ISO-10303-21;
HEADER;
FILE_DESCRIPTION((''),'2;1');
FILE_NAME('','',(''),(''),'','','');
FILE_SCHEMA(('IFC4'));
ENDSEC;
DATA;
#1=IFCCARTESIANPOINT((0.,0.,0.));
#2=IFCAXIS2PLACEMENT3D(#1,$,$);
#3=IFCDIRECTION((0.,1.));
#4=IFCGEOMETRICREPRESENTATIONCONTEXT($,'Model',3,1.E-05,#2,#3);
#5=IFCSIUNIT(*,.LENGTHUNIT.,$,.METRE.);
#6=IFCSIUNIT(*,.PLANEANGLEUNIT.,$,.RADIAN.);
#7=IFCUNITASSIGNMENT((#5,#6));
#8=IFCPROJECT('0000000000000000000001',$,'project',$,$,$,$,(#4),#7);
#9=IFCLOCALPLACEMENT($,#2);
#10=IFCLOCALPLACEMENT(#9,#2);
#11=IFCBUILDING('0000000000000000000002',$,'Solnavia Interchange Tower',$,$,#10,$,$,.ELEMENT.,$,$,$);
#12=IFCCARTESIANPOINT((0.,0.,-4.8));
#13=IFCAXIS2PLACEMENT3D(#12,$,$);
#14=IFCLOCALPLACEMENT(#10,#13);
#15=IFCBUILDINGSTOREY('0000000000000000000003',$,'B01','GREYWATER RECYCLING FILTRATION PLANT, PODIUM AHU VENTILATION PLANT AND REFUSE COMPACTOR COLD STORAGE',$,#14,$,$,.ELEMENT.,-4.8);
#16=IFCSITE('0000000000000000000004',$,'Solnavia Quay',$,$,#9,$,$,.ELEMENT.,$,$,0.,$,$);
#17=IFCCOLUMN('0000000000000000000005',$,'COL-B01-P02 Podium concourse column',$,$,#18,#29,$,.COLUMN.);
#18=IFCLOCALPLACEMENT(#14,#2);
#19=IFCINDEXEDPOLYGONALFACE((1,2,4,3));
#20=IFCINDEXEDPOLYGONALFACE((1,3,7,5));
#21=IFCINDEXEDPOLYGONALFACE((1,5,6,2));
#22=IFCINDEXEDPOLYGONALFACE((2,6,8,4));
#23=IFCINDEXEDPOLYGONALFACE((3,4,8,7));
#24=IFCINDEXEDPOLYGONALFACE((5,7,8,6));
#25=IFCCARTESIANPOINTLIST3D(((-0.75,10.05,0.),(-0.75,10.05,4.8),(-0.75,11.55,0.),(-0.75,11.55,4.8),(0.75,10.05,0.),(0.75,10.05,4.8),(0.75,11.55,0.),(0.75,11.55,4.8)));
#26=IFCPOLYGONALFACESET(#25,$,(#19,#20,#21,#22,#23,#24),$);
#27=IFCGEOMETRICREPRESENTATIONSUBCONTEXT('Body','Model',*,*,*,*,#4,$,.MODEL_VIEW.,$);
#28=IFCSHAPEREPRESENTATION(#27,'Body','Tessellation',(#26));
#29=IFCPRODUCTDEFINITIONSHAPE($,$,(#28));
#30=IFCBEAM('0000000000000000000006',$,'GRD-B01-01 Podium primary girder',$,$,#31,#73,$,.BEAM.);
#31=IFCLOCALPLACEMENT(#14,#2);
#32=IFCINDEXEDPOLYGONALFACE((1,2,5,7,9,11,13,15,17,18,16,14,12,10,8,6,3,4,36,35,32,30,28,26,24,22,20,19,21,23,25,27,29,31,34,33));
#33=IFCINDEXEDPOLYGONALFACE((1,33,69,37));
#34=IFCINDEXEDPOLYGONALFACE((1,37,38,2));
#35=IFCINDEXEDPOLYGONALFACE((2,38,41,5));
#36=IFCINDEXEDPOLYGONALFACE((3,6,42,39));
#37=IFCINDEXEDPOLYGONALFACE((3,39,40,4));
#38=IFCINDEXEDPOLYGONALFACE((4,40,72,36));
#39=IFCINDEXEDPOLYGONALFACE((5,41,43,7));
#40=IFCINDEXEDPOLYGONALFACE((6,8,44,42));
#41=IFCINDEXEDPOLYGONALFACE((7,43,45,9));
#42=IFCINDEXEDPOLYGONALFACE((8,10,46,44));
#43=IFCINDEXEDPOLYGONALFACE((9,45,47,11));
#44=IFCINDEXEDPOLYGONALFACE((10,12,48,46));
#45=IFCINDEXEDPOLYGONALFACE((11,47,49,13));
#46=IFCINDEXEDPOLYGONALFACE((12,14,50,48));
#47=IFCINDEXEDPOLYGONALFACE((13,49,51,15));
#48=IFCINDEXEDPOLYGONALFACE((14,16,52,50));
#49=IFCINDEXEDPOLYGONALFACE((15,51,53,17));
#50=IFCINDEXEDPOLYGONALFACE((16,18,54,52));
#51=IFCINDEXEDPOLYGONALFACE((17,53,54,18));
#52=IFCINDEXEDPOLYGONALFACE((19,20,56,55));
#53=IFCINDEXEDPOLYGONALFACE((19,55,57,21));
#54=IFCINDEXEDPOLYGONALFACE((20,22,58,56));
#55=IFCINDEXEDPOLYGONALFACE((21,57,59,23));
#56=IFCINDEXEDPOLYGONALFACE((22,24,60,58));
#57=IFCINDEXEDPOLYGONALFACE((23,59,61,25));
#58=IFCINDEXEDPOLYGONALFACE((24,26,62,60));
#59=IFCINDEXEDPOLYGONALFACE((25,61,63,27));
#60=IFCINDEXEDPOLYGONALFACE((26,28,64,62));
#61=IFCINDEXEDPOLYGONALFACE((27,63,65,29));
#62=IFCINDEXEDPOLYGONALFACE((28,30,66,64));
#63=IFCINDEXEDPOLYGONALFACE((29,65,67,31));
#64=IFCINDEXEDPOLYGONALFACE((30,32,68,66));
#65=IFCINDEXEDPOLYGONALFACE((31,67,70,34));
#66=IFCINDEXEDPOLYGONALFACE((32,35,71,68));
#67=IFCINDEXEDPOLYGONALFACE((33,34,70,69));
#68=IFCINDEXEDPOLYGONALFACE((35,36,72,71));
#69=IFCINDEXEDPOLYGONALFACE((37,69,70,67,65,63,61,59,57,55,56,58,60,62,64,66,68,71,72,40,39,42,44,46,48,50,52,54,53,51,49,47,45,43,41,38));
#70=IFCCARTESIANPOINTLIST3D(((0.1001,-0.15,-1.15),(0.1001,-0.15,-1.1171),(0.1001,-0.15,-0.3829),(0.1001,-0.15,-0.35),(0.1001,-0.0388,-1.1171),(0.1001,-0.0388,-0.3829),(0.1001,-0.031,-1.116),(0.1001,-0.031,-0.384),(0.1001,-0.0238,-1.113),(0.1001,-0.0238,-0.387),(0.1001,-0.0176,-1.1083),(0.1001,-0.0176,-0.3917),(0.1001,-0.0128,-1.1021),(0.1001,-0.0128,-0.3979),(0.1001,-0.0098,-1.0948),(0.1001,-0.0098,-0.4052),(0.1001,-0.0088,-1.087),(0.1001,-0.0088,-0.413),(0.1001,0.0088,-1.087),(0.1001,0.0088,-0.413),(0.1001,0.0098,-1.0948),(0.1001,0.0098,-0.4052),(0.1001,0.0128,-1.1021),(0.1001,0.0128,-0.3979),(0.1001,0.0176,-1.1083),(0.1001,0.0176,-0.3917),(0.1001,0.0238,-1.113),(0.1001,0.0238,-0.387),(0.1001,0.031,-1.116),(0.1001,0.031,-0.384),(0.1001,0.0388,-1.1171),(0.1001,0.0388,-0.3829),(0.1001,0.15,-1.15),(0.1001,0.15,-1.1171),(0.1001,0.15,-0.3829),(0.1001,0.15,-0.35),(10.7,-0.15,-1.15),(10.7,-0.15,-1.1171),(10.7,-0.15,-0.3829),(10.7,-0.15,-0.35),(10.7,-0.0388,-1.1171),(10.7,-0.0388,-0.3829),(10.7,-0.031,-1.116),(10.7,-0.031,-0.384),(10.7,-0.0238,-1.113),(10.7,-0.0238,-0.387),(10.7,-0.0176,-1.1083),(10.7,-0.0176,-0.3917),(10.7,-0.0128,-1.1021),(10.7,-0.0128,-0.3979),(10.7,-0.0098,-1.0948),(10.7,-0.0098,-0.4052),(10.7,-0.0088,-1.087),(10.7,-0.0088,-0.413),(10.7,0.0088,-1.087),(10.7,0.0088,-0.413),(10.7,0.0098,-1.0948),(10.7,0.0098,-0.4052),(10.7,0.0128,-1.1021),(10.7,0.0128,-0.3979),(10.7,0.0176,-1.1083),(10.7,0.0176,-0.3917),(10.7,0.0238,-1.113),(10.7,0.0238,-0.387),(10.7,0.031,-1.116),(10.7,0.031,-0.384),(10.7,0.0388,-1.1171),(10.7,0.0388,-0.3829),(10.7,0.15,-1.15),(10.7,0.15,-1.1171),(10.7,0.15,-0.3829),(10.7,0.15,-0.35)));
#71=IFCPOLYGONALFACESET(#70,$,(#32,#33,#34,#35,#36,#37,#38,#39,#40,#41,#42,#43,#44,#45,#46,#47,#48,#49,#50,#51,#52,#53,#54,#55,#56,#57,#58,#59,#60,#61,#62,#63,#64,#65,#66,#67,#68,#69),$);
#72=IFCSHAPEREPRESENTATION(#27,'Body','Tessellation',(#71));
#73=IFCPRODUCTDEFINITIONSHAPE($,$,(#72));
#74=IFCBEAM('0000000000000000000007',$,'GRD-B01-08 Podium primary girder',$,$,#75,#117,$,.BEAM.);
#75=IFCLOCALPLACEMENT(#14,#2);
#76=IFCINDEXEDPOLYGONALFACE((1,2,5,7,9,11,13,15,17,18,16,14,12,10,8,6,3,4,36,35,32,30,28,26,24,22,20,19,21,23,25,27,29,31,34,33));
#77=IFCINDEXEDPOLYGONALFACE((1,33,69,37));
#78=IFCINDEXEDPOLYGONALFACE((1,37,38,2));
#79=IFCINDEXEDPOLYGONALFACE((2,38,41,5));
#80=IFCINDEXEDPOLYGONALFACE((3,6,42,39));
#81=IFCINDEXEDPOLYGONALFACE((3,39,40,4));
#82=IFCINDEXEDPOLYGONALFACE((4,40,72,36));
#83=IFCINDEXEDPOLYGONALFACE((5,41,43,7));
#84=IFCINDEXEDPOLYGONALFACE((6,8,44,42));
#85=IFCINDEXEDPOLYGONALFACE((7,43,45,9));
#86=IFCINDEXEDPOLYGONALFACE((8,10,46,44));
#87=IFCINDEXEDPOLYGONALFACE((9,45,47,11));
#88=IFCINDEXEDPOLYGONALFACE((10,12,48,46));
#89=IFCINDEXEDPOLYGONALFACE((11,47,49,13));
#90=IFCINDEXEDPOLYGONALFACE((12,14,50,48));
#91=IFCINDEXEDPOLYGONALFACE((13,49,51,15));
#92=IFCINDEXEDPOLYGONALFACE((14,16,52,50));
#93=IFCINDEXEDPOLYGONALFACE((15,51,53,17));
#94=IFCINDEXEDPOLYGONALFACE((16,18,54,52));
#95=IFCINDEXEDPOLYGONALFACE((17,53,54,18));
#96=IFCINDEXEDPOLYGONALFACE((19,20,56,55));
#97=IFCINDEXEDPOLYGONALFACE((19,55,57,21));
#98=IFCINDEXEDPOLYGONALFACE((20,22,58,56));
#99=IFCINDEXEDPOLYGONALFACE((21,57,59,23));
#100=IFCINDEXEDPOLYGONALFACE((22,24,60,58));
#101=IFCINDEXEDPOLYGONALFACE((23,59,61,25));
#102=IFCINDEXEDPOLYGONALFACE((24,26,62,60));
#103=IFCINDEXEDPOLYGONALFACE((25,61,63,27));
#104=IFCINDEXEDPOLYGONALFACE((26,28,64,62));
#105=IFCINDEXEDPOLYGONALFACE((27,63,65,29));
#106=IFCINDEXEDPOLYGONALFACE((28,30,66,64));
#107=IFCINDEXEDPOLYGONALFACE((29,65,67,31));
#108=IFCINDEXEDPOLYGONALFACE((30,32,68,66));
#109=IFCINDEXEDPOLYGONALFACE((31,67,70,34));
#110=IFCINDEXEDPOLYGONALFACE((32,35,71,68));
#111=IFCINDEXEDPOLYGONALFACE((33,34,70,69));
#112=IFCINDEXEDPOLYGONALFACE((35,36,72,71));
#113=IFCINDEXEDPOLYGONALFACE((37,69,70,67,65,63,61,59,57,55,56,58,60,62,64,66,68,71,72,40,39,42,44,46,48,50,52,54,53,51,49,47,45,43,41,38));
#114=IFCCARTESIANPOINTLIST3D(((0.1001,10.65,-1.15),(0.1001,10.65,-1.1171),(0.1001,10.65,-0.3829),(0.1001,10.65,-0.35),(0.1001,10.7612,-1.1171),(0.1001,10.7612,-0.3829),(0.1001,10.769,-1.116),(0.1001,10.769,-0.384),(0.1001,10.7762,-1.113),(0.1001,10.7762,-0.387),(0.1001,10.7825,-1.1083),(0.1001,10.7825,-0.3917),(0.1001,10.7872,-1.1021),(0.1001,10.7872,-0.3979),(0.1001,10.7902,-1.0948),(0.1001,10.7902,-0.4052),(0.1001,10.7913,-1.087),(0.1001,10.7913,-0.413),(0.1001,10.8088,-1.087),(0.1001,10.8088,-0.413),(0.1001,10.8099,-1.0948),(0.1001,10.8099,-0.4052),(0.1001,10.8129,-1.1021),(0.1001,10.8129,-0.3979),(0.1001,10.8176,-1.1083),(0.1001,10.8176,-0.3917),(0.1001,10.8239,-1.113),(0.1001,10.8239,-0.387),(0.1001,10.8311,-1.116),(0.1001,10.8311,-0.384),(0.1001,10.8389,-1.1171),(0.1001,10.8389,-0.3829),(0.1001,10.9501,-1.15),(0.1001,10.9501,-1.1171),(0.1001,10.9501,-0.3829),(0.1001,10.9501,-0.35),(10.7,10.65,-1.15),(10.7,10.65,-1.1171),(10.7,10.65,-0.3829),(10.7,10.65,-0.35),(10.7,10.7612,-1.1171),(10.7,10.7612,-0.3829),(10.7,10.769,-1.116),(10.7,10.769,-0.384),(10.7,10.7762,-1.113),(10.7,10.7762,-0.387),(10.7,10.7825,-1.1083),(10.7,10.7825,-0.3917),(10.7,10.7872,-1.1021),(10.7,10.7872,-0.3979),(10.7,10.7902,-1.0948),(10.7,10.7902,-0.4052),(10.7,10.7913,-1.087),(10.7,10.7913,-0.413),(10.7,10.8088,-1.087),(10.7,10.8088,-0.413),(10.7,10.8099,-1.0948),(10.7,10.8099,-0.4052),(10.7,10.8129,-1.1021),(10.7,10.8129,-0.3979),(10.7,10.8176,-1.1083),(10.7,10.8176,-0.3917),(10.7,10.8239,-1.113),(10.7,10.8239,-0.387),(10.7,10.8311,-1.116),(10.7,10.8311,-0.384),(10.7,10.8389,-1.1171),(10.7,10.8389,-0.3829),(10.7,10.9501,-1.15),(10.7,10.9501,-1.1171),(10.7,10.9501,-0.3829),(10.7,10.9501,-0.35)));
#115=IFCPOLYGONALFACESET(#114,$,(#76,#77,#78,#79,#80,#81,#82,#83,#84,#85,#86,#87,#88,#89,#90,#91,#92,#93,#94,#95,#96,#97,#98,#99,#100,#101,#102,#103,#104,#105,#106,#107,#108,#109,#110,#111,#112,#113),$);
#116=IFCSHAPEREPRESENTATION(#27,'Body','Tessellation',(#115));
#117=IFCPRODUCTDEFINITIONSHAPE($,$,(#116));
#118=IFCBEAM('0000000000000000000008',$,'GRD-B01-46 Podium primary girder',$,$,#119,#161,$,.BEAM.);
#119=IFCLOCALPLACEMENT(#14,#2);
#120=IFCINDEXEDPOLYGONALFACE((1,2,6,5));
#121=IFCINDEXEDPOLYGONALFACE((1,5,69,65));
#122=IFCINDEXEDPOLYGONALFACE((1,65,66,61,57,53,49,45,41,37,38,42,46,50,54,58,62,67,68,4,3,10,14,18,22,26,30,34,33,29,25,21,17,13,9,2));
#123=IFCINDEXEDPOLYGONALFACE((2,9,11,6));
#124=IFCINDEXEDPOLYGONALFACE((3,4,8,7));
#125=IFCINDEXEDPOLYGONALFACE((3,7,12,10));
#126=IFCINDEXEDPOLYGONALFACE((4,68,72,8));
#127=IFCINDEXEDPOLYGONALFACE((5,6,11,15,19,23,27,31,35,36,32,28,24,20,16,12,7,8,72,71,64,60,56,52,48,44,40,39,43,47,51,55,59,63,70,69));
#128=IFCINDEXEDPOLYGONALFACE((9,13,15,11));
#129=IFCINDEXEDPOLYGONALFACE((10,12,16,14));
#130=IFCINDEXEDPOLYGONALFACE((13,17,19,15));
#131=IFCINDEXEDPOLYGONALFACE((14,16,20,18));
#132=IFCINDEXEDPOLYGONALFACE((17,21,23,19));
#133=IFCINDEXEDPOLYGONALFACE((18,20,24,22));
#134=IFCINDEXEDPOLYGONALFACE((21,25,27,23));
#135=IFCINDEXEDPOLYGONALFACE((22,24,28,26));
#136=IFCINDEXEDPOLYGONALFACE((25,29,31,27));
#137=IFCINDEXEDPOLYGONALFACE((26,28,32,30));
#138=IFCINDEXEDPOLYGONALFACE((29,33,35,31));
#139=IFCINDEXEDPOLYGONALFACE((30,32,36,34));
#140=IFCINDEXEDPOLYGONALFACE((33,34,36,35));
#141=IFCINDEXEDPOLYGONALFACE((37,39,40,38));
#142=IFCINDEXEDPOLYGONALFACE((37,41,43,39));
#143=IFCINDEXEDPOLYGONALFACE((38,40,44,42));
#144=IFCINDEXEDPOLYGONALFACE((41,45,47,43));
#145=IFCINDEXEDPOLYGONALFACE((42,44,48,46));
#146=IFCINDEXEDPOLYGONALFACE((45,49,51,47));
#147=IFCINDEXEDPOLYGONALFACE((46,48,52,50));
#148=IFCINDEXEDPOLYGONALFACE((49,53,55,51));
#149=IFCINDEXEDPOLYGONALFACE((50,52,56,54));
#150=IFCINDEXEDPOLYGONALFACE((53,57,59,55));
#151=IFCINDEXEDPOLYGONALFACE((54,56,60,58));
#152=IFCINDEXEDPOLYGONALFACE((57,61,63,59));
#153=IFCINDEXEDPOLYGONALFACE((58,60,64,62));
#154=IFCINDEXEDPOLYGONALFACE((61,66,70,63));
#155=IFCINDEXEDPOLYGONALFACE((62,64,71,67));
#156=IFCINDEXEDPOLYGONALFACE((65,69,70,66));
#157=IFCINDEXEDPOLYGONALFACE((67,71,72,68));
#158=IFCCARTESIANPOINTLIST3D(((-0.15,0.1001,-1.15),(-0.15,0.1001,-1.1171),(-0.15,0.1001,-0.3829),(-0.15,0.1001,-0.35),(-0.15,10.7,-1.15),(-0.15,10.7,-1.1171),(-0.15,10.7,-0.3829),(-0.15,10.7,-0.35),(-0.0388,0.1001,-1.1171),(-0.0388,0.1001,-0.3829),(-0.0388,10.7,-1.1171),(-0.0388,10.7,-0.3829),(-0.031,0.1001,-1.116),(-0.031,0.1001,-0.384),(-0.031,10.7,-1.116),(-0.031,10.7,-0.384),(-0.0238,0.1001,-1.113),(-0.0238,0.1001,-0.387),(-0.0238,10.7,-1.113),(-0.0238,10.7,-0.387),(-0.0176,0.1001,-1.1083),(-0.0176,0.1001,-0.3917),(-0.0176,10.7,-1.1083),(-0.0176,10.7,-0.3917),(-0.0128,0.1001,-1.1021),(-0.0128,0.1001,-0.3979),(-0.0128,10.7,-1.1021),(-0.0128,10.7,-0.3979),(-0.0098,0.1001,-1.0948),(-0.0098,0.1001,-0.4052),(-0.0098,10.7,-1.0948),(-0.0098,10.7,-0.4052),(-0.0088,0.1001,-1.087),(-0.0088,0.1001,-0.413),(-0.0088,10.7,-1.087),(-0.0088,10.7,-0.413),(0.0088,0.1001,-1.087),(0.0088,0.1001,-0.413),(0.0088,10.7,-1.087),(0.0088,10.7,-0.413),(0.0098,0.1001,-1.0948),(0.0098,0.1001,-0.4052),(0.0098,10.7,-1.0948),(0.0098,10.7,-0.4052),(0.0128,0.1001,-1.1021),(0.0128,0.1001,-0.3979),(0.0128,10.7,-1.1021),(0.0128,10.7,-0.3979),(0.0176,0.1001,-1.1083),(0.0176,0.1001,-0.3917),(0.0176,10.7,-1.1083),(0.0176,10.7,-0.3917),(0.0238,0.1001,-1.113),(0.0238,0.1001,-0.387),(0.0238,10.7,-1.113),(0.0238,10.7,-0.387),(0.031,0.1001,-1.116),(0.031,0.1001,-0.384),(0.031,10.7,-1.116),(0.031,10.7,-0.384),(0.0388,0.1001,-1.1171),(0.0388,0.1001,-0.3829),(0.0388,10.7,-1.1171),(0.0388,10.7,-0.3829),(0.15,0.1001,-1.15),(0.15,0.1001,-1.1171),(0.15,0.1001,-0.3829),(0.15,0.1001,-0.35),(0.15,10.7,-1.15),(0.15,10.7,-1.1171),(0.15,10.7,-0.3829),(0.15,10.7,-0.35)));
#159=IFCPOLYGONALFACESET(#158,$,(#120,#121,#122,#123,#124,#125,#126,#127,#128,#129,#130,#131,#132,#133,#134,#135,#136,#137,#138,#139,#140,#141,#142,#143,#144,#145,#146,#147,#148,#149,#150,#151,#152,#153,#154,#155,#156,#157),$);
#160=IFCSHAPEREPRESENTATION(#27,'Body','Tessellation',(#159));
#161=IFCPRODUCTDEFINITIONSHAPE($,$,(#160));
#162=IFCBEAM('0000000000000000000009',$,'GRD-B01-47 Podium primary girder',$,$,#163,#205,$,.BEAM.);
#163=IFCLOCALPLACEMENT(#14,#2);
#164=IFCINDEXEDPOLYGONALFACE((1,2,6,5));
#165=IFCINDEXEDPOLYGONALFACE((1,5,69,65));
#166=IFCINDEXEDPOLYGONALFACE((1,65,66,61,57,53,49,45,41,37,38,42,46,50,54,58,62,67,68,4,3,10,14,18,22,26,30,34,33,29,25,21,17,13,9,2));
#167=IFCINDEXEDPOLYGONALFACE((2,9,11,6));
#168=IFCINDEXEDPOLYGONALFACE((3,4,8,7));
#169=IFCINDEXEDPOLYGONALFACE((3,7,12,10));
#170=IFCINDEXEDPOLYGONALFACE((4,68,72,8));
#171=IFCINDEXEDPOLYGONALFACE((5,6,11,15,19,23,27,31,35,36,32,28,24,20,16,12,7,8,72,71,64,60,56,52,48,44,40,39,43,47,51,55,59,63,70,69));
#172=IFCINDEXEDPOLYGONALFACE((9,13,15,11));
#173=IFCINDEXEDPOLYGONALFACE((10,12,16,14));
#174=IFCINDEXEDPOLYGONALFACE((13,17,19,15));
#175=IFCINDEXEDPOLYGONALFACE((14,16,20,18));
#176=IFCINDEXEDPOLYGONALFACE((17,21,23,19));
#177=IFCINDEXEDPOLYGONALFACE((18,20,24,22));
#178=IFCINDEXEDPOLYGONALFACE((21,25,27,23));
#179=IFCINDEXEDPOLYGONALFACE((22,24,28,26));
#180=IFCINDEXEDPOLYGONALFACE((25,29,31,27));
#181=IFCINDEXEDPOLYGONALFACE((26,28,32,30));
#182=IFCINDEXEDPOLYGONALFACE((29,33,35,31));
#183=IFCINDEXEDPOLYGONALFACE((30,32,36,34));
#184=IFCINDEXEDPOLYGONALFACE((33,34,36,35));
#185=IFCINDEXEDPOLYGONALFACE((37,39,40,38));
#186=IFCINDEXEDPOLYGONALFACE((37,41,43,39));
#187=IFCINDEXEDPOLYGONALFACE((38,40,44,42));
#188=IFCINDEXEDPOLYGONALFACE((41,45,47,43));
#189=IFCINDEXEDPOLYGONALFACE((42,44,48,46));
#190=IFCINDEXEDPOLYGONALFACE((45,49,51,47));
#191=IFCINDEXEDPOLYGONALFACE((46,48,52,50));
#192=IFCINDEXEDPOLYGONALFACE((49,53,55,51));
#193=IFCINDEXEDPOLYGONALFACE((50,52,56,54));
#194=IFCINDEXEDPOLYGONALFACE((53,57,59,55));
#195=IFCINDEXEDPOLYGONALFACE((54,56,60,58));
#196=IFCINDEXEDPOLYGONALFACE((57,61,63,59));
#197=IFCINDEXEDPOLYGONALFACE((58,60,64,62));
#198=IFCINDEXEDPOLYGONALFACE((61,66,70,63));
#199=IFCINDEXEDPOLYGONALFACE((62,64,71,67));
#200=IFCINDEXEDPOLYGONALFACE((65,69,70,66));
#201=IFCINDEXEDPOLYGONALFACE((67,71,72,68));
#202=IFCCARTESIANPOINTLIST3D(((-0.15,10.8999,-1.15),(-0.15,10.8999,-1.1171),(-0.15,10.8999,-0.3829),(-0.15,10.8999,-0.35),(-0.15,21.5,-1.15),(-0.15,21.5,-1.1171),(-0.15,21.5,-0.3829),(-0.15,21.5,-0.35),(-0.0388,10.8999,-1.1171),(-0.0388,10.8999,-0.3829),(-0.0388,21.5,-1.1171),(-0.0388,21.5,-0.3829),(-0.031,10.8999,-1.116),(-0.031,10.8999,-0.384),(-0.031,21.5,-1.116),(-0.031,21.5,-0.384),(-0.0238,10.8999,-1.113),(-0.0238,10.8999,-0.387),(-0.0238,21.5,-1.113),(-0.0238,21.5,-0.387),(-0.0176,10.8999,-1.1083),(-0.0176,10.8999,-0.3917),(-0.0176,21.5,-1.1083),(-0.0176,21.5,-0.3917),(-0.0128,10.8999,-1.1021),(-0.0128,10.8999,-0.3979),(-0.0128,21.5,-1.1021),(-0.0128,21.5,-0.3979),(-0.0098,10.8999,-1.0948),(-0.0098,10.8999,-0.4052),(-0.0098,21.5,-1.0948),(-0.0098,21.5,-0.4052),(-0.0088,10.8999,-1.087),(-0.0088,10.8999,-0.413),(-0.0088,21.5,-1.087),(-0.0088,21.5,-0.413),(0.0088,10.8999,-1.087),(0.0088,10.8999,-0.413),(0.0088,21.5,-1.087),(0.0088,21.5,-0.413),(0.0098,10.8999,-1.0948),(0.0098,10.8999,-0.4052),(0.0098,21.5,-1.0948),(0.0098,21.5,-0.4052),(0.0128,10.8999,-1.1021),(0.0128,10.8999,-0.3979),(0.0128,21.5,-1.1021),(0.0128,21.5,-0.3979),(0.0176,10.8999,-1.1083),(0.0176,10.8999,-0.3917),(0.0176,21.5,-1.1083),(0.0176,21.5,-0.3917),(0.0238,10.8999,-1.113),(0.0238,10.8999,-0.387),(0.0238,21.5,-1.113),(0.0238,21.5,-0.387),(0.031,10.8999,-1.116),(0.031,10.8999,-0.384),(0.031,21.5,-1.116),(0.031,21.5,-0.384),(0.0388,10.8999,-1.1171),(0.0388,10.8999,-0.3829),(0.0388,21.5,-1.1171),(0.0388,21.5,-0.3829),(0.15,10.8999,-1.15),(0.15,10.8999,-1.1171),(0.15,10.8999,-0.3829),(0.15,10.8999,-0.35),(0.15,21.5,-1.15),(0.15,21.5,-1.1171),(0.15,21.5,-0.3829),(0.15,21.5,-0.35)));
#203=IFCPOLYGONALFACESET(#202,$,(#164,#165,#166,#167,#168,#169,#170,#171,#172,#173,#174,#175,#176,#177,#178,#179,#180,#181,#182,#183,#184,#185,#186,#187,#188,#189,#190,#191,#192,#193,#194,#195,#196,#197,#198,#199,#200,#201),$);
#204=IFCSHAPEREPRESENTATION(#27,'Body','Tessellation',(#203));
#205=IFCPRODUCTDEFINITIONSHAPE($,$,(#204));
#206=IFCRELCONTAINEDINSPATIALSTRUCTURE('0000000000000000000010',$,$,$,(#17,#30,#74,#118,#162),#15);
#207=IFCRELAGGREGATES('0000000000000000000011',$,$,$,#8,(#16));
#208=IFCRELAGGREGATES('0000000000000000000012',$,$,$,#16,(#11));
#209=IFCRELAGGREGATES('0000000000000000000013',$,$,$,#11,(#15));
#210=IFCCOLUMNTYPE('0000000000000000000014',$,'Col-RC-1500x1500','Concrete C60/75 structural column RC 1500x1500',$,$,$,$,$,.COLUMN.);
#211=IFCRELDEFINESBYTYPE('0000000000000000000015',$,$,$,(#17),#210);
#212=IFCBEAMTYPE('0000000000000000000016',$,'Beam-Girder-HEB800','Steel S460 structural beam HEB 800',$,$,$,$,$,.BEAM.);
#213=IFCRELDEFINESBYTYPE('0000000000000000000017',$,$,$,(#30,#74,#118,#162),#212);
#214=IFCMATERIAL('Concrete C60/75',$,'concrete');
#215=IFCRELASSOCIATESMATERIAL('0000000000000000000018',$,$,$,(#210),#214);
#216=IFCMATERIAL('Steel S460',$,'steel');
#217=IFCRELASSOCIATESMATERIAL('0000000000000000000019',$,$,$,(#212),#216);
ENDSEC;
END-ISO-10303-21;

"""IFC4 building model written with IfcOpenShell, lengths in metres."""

from ifc_helpers import new_model, si_unit, direction, frame, origin, origin_2d, place, context, subcontext, project, spatial, rectangle, i_section, extrude, material, material_profile, profile_set, type_object, element, save


model = new_model("IFC4")

# Units and contexts
model_context = context("Model", 3, precision=1e-05, world=origin(), true_north=direction((0.0, 1.0)))
body_context = subcontext(model_context, "Body", "Model", "MODEL_VIEW")
ifc_project = project(units=[si_unit("LENGTHUNIT", "METRE"), si_unit("PLANEANGLEUNIT", "RADIAN")], contexts=[model_context])

# Site, building, storey
site_placement = place(None, origin())
site = spatial("IfcSite", under=ifc_project, at=site_placement, Name="Solnavia Quay", CompositionType="ELEMENT", RefElevation=0.0)
building_placement = place(site_placement, origin())
building = spatial("IfcBuilding", under=site, at=building_placement, Name="Solnavia Interchange Tower", CompositionType="ELEMENT")
storey_placement = place(building_placement, frame((0.0, 0.0, -4.8)))
storey = spatial("IfcBuildingStorey", under=building, at=storey_placement, Name="B01", Description="GREYWATER RECYCLING FILTRATION PLANT, PODIUM AHU VENTILATION PLANT AND REFUSE COMPACTOR COLD STORAGE", CompositionType="ELEMENT", Elevation=-4.8)

# Column
ifc_material_1 = material(Name="Concrete C60/75", Category="concrete")
ifc_material_profile_1 = material_profile(ifc_material_1, rectangle(XDim=1.5, YDim=1.5, at=origin_2d()), Name="RC 1500x1500")
ifc_profile_set_1 = profile_set([ifc_material_profile_1], Name="Concrete C60/75")
column_type = type_object("IfcColumnType", Name="Col-RC-1500x1500", Description="Concrete C60/75 structural column RC 1500x1500", PredefinedType="COLUMN", material=ifc_profile_set_1)
column_placement = place(storey_placement, frame((0.0, 10.8, 0.0), z_axis=(0.0, 0.0, 1.0), x_axis=(1.0, 0.0, 0.0)))
element("IfcColumn", 1, at=column_placement, inside=storey, type_object=column_type, Name="COL-B01-P02 Podium concourse column", PredefinedType="COLUMN", context=body_context, shape_type="SweptSolid", body=[
    extrude(rectangle(XDim=1.5, YDim=1.5, at=origin_2d()), origin(), (0.0, 0.0, 1.0), 4.8),
])

# Beams
ifc_material_2 = material(Name="Steel S460", Category="steel")
ifc_material_profile_2 = material_profile(ifc_material_2, i_section(OverallWidth=0.3, OverallDepth=0.8, WebThickness=0.0176, FlangeThickness=0.033, FilletRadius=0.03, at=origin_2d()), Name="HEB 800")
ifc_profile_set_2 = profile_set([ifc_material_profile_2], Name="Steel S460")
beam_type_1 = type_object("IfcBeamType", Name="Beam-Girder-HEB800", Description="Steel S460 structural beam HEB 800", PredefinedType="BEAM", material=ifc_profile_set_2)
for number, where, z_axis, x_axis, name in (
    (2, (0.1001, 0.0, -0.75), (1.0, 0.0, 0.0), (0.0, 1.0, 0.0), "GRD-B01-01 Podium primary girder"),
    (3, (0.1001, 10.8, -0.75), (1.0, 0.0, 0.0), (0.0, 1.0, 0.0), "GRD-B01-08 Podium primary girder"),
    (4, (0.0, 0.1001, -0.75), (0.0, 1.0, 0.0), (-1.0, 0.0, 0.0), "GRD-B01-46 Podium primary girder"),
):
    element("IfcBeam", number, at=place(storey_placement, frame(where, z_axis=z_axis, x_axis=x_axis)), inside=storey, type_object=beam_type_1, Name=name, PredefinedType="BEAM", context=body_context, shape_type="SweptSolid", body=[
        extrude(i_section(OverallWidth=0.3, OverallDepth=0.8, WebThickness=0.0176, FlangeThickness=0.033, FilletRadius=0.03, at=origin_2d()), origin(), (0.0, 0.0, 1.0), 10.5999),
    ])
beam_placement = place(storey_placement, frame((0.0, 10.8999, -0.75), z_axis=(0.0, 1.0, 0.0), x_axis=(-1.0, 0.0, 0.0)))
element("IfcBeam", 5, at=beam_placement, inside=storey, type_object=beam_type_1, Name="GRD-B01-47 Podium primary girder", PredefinedType="BEAM", context=body_context, shape_type="SweptSolid", body=[
    extrude(i_section(OverallWidth=0.3, OverallDepth=0.8, WebThickness=0.0176, FlangeThickness=0.033, FilletRadius=0.03, at=origin_2d()), origin(), (0.0, 0.0, 1.0), 10.6001),
])

save(model, "model.ifc")
